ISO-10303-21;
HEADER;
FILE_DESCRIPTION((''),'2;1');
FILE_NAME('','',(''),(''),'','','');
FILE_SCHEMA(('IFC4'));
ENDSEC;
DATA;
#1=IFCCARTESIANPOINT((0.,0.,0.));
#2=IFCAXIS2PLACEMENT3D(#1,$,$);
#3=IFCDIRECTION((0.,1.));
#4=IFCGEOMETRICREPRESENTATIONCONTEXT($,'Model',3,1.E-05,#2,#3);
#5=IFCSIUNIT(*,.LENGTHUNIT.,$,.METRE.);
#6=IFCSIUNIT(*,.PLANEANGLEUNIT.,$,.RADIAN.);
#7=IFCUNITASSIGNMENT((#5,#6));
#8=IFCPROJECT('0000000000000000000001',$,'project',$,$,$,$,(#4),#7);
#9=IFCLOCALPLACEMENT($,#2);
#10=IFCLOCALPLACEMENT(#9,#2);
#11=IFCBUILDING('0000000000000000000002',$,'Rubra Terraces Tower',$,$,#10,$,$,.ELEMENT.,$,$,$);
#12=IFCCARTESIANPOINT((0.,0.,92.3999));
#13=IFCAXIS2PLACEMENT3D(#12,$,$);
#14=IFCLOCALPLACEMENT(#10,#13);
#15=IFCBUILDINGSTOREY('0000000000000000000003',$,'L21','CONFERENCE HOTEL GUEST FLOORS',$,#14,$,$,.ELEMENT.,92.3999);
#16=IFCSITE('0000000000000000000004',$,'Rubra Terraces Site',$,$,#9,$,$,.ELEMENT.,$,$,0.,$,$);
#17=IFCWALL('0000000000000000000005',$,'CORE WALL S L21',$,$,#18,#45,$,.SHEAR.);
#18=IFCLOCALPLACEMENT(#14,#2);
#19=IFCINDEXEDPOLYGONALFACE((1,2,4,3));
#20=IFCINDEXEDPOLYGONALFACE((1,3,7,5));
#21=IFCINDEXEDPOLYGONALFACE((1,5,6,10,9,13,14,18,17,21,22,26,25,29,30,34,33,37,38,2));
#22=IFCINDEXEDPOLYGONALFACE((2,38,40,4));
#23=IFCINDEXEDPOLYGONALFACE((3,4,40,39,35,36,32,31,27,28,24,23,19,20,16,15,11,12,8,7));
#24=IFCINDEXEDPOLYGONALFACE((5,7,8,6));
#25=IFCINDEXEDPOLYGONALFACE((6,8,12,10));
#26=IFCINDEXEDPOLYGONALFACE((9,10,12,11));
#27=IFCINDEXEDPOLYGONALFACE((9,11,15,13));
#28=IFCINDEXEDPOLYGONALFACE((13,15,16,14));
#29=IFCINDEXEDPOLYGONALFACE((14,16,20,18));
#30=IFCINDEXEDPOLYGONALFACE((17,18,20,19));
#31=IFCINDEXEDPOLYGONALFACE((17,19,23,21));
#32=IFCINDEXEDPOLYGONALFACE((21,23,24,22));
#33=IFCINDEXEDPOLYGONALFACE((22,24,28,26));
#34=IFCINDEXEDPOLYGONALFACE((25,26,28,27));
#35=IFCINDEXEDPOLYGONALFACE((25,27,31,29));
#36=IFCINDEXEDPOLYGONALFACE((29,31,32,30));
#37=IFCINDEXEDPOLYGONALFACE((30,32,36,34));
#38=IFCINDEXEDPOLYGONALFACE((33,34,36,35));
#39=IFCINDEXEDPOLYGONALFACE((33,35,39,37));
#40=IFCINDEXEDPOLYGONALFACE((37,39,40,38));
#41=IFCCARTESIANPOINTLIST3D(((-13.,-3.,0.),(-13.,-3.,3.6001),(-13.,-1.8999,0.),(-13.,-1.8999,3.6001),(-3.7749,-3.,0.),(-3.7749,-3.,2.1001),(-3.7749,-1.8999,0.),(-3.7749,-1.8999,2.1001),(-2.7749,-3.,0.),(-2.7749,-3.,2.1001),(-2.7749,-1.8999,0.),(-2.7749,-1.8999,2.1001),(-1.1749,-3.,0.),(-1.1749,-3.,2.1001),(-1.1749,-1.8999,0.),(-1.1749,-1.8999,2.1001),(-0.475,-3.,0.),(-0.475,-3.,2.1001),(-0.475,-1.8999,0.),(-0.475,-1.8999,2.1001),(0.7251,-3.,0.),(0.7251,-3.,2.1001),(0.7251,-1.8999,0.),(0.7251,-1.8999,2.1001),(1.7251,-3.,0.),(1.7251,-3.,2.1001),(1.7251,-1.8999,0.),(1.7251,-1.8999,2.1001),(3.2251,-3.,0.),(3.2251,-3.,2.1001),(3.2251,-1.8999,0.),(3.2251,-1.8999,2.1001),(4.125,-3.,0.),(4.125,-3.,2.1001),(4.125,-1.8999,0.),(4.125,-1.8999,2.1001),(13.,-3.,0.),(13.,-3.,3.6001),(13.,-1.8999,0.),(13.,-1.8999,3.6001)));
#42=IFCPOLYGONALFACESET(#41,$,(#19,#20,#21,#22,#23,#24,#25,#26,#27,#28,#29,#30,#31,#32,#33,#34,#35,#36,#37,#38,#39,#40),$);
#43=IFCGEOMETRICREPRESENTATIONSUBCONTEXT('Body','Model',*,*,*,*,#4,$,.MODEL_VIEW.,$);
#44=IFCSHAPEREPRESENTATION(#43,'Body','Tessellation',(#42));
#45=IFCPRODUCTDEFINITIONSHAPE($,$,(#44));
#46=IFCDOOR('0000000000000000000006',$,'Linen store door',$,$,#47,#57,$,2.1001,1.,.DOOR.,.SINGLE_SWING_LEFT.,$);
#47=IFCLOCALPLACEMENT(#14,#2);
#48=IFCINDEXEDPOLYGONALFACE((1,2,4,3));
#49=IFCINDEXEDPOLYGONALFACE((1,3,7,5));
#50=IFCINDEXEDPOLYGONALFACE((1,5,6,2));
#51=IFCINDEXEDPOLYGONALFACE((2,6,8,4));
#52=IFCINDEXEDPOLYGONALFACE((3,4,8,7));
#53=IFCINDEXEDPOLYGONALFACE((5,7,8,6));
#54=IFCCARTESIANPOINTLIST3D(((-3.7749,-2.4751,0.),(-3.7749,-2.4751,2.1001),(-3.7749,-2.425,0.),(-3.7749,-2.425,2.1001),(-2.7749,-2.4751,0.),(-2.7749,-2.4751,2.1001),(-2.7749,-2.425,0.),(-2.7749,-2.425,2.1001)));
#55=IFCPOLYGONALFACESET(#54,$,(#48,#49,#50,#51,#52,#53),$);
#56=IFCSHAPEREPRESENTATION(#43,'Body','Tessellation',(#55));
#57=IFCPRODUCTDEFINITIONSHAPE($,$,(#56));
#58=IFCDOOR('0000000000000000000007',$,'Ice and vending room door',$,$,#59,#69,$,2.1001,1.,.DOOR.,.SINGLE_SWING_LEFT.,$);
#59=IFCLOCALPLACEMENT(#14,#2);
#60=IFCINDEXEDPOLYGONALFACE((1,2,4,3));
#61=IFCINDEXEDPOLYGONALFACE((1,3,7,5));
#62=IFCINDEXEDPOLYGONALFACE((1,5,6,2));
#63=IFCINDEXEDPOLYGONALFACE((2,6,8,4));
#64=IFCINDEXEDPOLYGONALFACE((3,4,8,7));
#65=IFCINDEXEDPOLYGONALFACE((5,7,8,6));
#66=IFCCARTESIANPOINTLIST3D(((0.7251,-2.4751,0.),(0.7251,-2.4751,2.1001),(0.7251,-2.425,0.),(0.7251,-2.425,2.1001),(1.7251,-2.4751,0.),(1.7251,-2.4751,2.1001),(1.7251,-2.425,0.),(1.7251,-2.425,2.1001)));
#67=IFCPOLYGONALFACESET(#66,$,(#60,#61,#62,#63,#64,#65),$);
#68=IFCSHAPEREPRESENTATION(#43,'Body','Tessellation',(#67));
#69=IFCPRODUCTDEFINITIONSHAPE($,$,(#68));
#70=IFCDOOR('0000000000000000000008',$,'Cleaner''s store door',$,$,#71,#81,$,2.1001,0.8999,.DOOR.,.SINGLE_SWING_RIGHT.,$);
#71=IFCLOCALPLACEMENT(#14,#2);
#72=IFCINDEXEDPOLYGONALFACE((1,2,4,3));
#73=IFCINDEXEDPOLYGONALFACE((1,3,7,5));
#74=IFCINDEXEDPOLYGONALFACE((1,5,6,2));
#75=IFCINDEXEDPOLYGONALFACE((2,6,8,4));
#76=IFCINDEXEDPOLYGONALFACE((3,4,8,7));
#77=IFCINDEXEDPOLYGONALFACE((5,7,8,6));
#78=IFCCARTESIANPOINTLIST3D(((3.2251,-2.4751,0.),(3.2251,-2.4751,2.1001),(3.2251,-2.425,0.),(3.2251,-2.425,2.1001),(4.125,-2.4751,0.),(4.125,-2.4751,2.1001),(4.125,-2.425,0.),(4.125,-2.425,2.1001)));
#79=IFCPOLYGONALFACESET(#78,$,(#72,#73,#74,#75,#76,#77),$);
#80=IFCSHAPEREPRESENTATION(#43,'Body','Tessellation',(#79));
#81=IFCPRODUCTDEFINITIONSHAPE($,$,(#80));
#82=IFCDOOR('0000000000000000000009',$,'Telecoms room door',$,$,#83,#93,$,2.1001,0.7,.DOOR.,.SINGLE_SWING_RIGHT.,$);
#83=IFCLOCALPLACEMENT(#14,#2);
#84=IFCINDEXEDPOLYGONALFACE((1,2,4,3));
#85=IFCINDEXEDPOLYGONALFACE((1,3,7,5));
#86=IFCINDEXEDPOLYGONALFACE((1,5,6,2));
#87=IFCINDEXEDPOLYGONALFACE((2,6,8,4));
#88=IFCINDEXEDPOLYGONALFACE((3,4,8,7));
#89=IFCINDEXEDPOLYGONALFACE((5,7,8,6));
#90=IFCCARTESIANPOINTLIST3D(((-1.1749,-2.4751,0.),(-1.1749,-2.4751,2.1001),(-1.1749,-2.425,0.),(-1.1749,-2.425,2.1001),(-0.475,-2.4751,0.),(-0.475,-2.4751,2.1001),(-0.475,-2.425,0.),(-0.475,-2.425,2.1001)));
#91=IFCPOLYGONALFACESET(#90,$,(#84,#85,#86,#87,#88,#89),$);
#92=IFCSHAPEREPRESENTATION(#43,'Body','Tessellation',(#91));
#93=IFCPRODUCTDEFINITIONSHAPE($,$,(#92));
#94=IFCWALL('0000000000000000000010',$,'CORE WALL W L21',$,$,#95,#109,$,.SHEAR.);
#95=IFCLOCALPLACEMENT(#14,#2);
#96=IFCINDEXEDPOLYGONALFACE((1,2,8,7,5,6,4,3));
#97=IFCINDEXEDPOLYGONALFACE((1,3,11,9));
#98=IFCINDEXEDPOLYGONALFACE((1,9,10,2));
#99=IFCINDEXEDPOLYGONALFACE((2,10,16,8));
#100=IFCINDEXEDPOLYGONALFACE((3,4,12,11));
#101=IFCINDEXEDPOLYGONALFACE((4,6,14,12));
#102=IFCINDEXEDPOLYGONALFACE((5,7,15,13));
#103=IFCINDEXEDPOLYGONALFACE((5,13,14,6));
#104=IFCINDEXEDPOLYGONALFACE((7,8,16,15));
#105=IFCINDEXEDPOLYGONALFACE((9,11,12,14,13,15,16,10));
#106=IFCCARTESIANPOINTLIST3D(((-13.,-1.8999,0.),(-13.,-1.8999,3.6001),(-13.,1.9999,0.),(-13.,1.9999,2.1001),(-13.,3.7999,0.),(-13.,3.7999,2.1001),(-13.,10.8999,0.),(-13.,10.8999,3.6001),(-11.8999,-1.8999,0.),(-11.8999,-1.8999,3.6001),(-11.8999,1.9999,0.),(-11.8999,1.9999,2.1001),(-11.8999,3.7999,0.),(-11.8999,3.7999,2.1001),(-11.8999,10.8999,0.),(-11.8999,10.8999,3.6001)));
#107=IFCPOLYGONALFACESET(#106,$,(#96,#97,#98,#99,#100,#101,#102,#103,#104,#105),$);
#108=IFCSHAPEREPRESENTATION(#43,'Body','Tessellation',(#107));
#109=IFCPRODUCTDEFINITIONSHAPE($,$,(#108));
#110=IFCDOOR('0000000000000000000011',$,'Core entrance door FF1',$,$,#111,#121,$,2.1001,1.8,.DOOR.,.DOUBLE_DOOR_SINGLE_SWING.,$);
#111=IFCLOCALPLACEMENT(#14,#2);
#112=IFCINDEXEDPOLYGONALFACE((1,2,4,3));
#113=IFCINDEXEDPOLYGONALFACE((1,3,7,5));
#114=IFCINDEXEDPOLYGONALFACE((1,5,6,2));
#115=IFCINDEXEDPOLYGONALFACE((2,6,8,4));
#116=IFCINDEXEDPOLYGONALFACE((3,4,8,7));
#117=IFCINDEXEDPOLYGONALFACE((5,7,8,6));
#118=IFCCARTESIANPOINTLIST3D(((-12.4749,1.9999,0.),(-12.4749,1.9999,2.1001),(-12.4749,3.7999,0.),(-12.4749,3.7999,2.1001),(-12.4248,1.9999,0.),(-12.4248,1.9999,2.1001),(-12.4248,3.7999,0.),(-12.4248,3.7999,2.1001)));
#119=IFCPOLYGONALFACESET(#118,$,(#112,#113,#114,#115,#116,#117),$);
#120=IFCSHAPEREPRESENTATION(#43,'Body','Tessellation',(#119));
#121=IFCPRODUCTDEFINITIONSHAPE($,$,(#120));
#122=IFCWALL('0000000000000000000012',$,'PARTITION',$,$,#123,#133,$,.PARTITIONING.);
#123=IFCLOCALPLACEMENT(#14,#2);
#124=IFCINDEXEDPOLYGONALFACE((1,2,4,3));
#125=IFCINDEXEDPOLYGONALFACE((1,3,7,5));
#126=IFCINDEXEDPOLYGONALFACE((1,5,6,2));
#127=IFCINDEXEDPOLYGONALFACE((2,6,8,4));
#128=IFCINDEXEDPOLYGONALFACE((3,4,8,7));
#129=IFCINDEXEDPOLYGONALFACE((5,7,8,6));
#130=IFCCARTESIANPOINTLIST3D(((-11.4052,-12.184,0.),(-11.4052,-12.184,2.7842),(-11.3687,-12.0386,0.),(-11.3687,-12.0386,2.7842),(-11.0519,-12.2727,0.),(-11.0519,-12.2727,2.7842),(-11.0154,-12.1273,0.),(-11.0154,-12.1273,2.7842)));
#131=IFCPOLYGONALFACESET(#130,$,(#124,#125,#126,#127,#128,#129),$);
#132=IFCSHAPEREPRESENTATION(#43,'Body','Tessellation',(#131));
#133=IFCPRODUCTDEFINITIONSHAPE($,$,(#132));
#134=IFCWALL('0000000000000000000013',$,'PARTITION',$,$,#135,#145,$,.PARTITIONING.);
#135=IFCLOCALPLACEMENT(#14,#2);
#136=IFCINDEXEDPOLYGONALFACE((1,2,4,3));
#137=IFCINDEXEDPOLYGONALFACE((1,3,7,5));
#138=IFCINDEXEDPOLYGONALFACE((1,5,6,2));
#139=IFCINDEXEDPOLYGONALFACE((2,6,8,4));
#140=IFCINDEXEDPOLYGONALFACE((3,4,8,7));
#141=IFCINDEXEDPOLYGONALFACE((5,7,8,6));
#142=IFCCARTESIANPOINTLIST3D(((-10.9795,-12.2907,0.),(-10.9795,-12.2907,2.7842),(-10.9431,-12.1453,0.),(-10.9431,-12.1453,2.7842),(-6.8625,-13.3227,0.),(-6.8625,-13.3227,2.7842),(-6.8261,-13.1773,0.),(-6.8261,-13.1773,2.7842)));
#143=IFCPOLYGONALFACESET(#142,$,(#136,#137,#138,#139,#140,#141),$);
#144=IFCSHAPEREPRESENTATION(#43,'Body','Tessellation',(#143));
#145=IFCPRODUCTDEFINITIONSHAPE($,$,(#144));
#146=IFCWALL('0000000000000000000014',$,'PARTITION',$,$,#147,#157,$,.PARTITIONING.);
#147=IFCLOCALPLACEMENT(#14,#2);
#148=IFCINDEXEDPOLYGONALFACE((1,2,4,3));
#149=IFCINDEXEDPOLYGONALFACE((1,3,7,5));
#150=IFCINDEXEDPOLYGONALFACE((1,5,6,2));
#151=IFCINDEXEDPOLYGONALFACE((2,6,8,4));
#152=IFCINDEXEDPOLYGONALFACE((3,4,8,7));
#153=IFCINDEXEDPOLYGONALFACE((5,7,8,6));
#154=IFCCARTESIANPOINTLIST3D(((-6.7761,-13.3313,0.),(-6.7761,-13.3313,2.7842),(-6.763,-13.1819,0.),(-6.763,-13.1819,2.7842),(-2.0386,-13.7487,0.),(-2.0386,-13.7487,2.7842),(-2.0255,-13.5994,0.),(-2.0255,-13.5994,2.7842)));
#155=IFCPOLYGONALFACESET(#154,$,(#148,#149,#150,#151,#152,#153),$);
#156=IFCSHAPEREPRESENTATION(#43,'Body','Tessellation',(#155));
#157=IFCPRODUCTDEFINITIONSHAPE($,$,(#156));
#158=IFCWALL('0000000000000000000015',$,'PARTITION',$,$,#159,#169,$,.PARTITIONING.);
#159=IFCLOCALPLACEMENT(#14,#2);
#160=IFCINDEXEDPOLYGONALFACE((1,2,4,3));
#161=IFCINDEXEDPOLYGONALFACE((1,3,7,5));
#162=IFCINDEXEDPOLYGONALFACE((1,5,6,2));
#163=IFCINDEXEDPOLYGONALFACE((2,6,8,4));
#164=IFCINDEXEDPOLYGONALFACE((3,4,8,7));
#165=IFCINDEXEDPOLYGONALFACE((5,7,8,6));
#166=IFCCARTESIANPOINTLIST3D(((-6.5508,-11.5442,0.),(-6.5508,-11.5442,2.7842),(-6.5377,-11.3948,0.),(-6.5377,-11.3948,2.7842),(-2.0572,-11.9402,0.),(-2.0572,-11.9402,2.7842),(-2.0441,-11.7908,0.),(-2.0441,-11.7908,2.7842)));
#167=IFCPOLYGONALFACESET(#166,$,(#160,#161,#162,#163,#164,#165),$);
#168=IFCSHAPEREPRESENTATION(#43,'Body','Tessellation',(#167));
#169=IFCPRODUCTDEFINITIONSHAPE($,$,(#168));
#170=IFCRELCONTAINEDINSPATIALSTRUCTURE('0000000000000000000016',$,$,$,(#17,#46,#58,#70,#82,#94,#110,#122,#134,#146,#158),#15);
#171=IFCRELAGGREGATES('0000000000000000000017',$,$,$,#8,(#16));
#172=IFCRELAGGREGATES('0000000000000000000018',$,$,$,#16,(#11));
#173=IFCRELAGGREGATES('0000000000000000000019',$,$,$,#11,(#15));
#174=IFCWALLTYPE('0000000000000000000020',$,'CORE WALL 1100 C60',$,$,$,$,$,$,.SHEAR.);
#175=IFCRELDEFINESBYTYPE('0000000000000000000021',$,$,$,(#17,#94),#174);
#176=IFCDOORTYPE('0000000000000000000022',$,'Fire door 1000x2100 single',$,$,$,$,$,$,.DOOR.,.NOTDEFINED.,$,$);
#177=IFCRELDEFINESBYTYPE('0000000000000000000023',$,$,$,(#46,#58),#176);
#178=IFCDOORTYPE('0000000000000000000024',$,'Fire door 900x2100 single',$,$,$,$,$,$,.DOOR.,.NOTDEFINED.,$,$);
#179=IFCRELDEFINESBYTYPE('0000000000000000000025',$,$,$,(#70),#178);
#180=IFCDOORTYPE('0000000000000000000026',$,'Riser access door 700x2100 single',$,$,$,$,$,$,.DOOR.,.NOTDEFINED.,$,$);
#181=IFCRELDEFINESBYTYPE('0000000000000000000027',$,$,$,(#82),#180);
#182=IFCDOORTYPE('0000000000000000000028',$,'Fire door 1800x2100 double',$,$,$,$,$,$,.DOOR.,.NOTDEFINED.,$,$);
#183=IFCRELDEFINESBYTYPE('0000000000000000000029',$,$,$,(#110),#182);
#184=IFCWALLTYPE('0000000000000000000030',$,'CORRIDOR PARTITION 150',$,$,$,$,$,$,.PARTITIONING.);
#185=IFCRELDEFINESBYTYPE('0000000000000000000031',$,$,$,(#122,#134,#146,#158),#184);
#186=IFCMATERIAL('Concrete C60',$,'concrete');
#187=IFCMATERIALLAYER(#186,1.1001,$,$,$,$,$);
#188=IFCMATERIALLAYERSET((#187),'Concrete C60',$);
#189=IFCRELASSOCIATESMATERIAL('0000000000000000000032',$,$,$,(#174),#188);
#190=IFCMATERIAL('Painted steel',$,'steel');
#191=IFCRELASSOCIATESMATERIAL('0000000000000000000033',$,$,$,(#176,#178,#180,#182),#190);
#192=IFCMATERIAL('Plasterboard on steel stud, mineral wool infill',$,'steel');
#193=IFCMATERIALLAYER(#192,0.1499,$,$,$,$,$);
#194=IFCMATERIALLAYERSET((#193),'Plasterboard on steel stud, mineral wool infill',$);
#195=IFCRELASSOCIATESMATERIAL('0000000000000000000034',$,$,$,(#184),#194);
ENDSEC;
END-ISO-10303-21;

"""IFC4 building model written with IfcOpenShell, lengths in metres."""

from ifc_helpers import new_model, si_unit, direction, frame, frame_2d, origin, place, context, subcontext, project, spatial, rectangle, extrude, material, layer, layer_set, type_object, element, fill, save


model = new_model("IFC4")

# Units and contexts
model_context = context("Model", 3, precision=1e-05, world=origin(), true_north=direction((0.0, 1.0)))
body_context = subcontext(model_context, "Body", "Model", "MODEL_VIEW")
ifc_project = project(units=[si_unit("LENGTHUNIT", "METRE"), si_unit("PLANEANGLEUNIT", "RADIAN")], contexts=[model_context])

# Site, building, storey
site_placement = place(None, origin())
site = spatial("IfcSite", under=ifc_project, at=site_placement, Name="Rubra Terraces Site", CompositionType="ELEMENT", RefElevation=0.0)
building_placement = place(site_placement, origin())
building = spatial("IfcBuilding", under=site, at=building_placement, Name="Rubra Terraces Tower", CompositionType="ELEMENT")
storey_placement = place(building_placement, frame((0.0, 0.0, 92.3999)))
storey = spatial("IfcBuildingStorey", under=building, at=storey_placement, Name="L21", Description="CONFERENCE HOTEL GUEST FLOORS", CompositionType="ELEMENT", Elevation=92.3999)

# Wall, openings, doors
ifc_material_1 = material(Name="Concrete C60", Category="concrete")
ifc_layer_1 = layer(ifc_material_1, 1.1001)
ifc_layer_set_1 = layer_set([ifc_layer_1], Name="Concrete C60")
wall_type_1 = type_object("IfcWallType", Name="CORE WALL 1100 C60", PredefinedType="SHEAR", material=ifc_layer_set_1)
wall_1_placement = place(storey_placement, frame((-13.0, -2.45, 0.0), z_axis=(0.0, 0.0, 1.0), x_axis=(1.0, 0.0, 0.0)))
wall_1 = element("IfcWall", 1, at=wall_1_placement, inside=storey, type_object=wall_type_1, Name="CORE WALL S L21", PredefinedType="SHEAR", context=body_context, shape_type="SweptSolid", body=[
    extrude(rectangle(XDim=26.0, YDim=1.1001, at=frame_2d((13.0, 0.0))), origin(), (0.0, 0.0, 1.0), 3.6001),
])
opening_1_placement = place(wall_1_placement, frame((9.2251, 0.0, 0.0)))
opening_1 = element("IfcOpeningElement", 2, at=opening_1_placement, cuts=wall_1, PredefinedType="OPENING", context=body_context, shape_type="SweptSolid", body=[
    extrude(rectangle(XDim=1.0, YDim=2.1001, at=frame_2d((0.5, 1.05))), frame((0.0, 0.5601, 0.0), z_axis=(0.0, -1.0, 0.0), x_axis=(1.0, 0.0, 0.0)), (0.0, 0.0, 1.0), 1.1201),
])
opening_2_placement = place(wall_1_placement, frame((11.825, 0.0, 0.0)))
opening_2 = element("IfcOpeningElement", 3, at=opening_2_placement, cuts=wall_1, PredefinedType="OPENING", context=body_context, shape_type="SweptSolid", body=[
    extrude(rectangle(XDim=0.7, YDim=2.1001, at=frame_2d((0.3501, 1.05))), frame((0.0, 0.5601, 0.0), z_axis=(0.0, -1.0, 0.0), x_axis=(1.0, 0.0, 0.0)), (0.0, 0.0, 1.0), 1.1201),
])
opening_3_placement = place(wall_1_placement, frame((13.7251, 0.0, 0.0)))
opening_3 = element("IfcOpeningElement", 4, at=opening_3_placement, cuts=wall_1, PredefinedType="OPENING", context=body_context, shape_type="SweptSolid", body=[
    extrude(rectangle(XDim=1.0, YDim=2.1001, at=frame_2d((0.5, 1.05))), frame((0.0, 0.5601, 0.0), z_axis=(0.0, -1.0, 0.0), x_axis=(1.0, 0.0, 0.0)), (0.0, 0.0, 1.0), 1.1201),
])
opening_4_placement = place(wall_1_placement, frame((16.2251, 0.0, 0.0)))
opening_4 = element("IfcOpeningElement", 5, at=opening_4_placement, cuts=wall_1, PredefinedType="OPENING", context=body_context, shape_type="SweptSolid", body=[
    extrude(rectangle(XDim=0.8999, YDim=2.1001, at=frame_2d((0.45, 1.05))), frame((0.0, 0.5601, 0.0), z_axis=(0.0, -1.0, 0.0), x_axis=(1.0, 0.0, 0.0)), (0.0, 0.0, 1.0), 1.1201),
])
ifc_material_2 = material(Name="Painted steel", Category="steel")
door_type_1 = type_object("IfcDoorType", Name="Fire door 1000x2100 single", OperationType="NOTDEFINED", PredefinedType="DOOR", material=ifc_material_2)
door_1_placement = place(opening_1_placement, origin())
door_1 = element("IfcDoor", 6, at=door_1_placement, inside=storey, type_object=door_type_1, Name="Linen store door", OperationType="SINGLE_SWING_LEFT", OverallHeight=2.1001, OverallWidth=1.0, PredefinedType="DOOR", context=body_context, shape_type="SweptSolid", body=[
    extrude(rectangle(XDim=1.0, YDim=2.1001, at=frame_2d((0.5, 1.05))), frame((0.0, 0.0249, 0.0), z_axis=(0.0, -1.0, 0.0), x_axis=(1.0, 0.0, 0.0)), (0.0, 0.0, 1.0), 0.05),
])
fill(opening_1, door_1)
door_2_placement = place(opening_3_placement, origin())
door_2 = element("IfcDoor", 7, at=door_2_placement, inside=storey, type_object=door_type_1, Name="Ice and vending room door", OperationType="SINGLE_SWING_LEFT", OverallHeight=2.1001, OverallWidth=1.0, PredefinedType="DOOR", context=body_context, shape_type="SweptSolid", body=[
    extrude(rectangle(XDim=1.0, YDim=2.1001, at=frame_2d((0.5, 1.05))), frame((0.0, 0.0249, 0.0), z_axis=(0.0, -1.0, 0.0), x_axis=(1.0, 0.0, 0.0)), (0.0, 0.0, 1.0), 0.05),
])
fill(opening_3, door_2)
door_type_2 = type_object("IfcDoorType", Name="Fire door 900x2100 single", OperationType="NOTDEFINED", PredefinedType="DOOR", material=ifc_material_2)
door_3_placement = place(opening_4_placement, origin())
door_3 = element("IfcDoor", 8, at=door_3_placement, inside=storey, type_object=door_type_2, Name="Cleaner's store door", OperationType="SINGLE_SWING_RIGHT", OverallHeight=2.1001, OverallWidth=0.8999, PredefinedType="DOOR", context=body_context, shape_type="SweptSolid", body=[
    extrude(rectangle(XDim=0.8999, YDim=2.1001, at=frame_2d((0.45, 1.05))), frame((0.0, 0.0249, 0.0), z_axis=(0.0, -1.0, 0.0), x_axis=(1.0, 0.0, 0.0)), (0.0, 0.0, 1.0), 0.05),
])
fill(opening_4, door_3)
door_type_3 = type_object("IfcDoorType", Name="Riser access door 700x2100 single", OperationType="NOTDEFINED", PredefinedType="DOOR", material=ifc_material_2)
door_4_placement = place(opening_2_placement, origin())
door_4 = element("IfcDoor", 9, at=door_4_placement, inside=storey, type_object=door_type_3, Name="Telecoms room door", OperationType="SINGLE_SWING_RIGHT", OverallHeight=2.1001, OverallWidth=0.7, PredefinedType="DOOR", context=body_context, shape_type="SweptSolid", body=[
    extrude(rectangle(XDim=0.7, YDim=2.1001, at=frame_2d((0.3501, 1.05))), frame((0.0, 0.0249, 0.0), z_axis=(0.0, -1.0, 0.0), x_axis=(1.0, 0.0, 0.0)), (0.0, 0.0, 1.0), 0.05),
])
fill(opening_2, door_4)

# Wall, opening, door
wall_2_placement = place(storey_placement, frame((-12.45, -1.8999, 0.0), z_axis=(0.0, 0.0, 1.0), x_axis=(0.0, 1.0, 0.0)))
wall_2 = element("IfcWall", 10, at=wall_2_placement, inside=storey, type_object=wall_type_1, Name="CORE WALL W L21", PredefinedType="SHEAR", context=body_context, shape_type="SweptSolid", body=[
    extrude(rectangle(XDim=12.7998, YDim=1.1001, at=frame_2d((6.3999, 0.0))), origin(), (0.0, 0.0, 1.0), 3.6001),
])
opening_5_placement = place(wall_2_placement, frame((3.8999, 0.0, 0.0)))
opening_5 = element("IfcOpeningElement", 11, at=opening_5_placement, cuts=wall_2, PredefinedType="OPENING", context=body_context, shape_type="SweptSolid", body=[
    extrude(rectangle(XDim=1.8, YDim=2.1001, at=frame_2d((0.8999, 1.05))), frame((0.0, 0.5601, 0.0), z_axis=(0.0, -1.0, 0.0), x_axis=(1.0, 0.0, 0.0)), (0.0, 0.0, 1.0), 1.1201),
])
door_type_4 = type_object("IfcDoorType", Name="Fire door 1800x2100 double", OperationType="NOTDEFINED", PredefinedType="DOOR", material=ifc_material_2)
door_5_placement = place(opening_5_placement, origin())
door_5 = element("IfcDoor", 12, at=door_5_placement, inside=storey, type_object=door_type_4, Name="Core entrance door FF1", OperationType="DOUBLE_DOOR_SINGLE_SWING", OverallHeight=2.1001, OverallWidth=1.8, PredefinedType="DOOR", context=body_context, shape_type="SweptSolid", body=[
    extrude(rectangle(XDim=1.8, YDim=2.1001, at=frame_2d((0.8999, 1.05))), frame((0.0, 0.0249, 0.0), z_axis=(0.0, -1.0, 0.0), x_axis=(1.0, 0.0, 0.0)), (0.0, 0.0, 1.0), 0.05),
])
fill(opening_5, door_5)

# Walls
ifc_material_3 = material(Name="Plasterboard on steel stud, mineral wool infill", Category="steel")
ifc_layer_2 = layer(ifc_material_3, 0.1499)
ifc_layer_set_2 = layer_set([ifc_layer_2], Name="Plasterboard on steel stud, mineral wool infill")
wall_type_2 = type_object("IfcWallType", Name="CORRIDOR PARTITION 150", PredefinedType="PARTITIONING", material=ifc_layer_set_2)
wall_3_placement = place(storey_placement, frame((-11.387, -12.1113, 0.0), z_axis=(0.0, 0.0, 1.0), x_axis=(0.969945, -0.243324, 0.0)))
element("IfcWall", 13, at=wall_3_placement, inside=storey, type_object=wall_type_2, Name="PARTITION", PredefinedType="PARTITIONING", context=body_context, shape_type="SweptSolid", body=[
    extrude(rectangle(XDim=0.3643, YDim=0.1499, at=frame_2d((0.1821, 0.0))), origin(), (0.0, 0.0, 1.0), 2.7842),
])
wall_4_placement = place(storey_placement, frame((-10.9612, -12.218, 0.0), z_axis=(0.0, 0.0, 1.0), x_axis=(0.96999, -0.243145, 0.0)))
element("IfcWall", 14, at=wall_4_placement, inside=storey, type_object=wall_type_2, Name="PARTITION", PredefinedType="PARTITIONING", context=body_context, shape_type="SweptSolid", body=[
    extrude(rectangle(XDim=4.2444, YDim=0.1499, at=frame_2d((2.1221, 0.0))), origin(), (0.0, 0.0, 1.0), 2.7842),
])
wall_5_placement = place(storey_placement, frame((-6.7695, -13.2566, 0.0), z_axis=(0.0, 0.0, 1.0), x_axis=(0.99614, -0.087781, 0.0)))
element("IfcWall", 15, at=wall_5_placement, inside=storey, type_object=wall_type_2, Name="PARTITION", PredefinedType="PARTITIONING", context=body_context, shape_type="SweptSolid", body=[
    extrude(rectangle(XDim=4.7559, YDim=0.1499, at=frame_2d((2.3779, 0.0))), origin(), (0.0, 0.0, 1.0), 2.7842),
])
wall_6_placement = place(storey_placement, frame((-2.0508, -11.8655, 0.0), z_axis=(0.0, 0.0, 1.0), x_axis=(-0.99614, 0.087783, 0.0)))
element("IfcWall", 16, at=wall_6_placement, inside=storey, type_object=wall_type_2, Name="PARTITION", PredefinedType="PARTITIONING", context=body_context, shape_type="SweptSolid", body=[
    extrude(rectangle(XDim=4.511, YDim=0.1499, at=frame_2d((2.2554, 0.0))), origin(), (0.0, 0.0, 1.0), 2.7842),
])

save(model, "model.ifc")
